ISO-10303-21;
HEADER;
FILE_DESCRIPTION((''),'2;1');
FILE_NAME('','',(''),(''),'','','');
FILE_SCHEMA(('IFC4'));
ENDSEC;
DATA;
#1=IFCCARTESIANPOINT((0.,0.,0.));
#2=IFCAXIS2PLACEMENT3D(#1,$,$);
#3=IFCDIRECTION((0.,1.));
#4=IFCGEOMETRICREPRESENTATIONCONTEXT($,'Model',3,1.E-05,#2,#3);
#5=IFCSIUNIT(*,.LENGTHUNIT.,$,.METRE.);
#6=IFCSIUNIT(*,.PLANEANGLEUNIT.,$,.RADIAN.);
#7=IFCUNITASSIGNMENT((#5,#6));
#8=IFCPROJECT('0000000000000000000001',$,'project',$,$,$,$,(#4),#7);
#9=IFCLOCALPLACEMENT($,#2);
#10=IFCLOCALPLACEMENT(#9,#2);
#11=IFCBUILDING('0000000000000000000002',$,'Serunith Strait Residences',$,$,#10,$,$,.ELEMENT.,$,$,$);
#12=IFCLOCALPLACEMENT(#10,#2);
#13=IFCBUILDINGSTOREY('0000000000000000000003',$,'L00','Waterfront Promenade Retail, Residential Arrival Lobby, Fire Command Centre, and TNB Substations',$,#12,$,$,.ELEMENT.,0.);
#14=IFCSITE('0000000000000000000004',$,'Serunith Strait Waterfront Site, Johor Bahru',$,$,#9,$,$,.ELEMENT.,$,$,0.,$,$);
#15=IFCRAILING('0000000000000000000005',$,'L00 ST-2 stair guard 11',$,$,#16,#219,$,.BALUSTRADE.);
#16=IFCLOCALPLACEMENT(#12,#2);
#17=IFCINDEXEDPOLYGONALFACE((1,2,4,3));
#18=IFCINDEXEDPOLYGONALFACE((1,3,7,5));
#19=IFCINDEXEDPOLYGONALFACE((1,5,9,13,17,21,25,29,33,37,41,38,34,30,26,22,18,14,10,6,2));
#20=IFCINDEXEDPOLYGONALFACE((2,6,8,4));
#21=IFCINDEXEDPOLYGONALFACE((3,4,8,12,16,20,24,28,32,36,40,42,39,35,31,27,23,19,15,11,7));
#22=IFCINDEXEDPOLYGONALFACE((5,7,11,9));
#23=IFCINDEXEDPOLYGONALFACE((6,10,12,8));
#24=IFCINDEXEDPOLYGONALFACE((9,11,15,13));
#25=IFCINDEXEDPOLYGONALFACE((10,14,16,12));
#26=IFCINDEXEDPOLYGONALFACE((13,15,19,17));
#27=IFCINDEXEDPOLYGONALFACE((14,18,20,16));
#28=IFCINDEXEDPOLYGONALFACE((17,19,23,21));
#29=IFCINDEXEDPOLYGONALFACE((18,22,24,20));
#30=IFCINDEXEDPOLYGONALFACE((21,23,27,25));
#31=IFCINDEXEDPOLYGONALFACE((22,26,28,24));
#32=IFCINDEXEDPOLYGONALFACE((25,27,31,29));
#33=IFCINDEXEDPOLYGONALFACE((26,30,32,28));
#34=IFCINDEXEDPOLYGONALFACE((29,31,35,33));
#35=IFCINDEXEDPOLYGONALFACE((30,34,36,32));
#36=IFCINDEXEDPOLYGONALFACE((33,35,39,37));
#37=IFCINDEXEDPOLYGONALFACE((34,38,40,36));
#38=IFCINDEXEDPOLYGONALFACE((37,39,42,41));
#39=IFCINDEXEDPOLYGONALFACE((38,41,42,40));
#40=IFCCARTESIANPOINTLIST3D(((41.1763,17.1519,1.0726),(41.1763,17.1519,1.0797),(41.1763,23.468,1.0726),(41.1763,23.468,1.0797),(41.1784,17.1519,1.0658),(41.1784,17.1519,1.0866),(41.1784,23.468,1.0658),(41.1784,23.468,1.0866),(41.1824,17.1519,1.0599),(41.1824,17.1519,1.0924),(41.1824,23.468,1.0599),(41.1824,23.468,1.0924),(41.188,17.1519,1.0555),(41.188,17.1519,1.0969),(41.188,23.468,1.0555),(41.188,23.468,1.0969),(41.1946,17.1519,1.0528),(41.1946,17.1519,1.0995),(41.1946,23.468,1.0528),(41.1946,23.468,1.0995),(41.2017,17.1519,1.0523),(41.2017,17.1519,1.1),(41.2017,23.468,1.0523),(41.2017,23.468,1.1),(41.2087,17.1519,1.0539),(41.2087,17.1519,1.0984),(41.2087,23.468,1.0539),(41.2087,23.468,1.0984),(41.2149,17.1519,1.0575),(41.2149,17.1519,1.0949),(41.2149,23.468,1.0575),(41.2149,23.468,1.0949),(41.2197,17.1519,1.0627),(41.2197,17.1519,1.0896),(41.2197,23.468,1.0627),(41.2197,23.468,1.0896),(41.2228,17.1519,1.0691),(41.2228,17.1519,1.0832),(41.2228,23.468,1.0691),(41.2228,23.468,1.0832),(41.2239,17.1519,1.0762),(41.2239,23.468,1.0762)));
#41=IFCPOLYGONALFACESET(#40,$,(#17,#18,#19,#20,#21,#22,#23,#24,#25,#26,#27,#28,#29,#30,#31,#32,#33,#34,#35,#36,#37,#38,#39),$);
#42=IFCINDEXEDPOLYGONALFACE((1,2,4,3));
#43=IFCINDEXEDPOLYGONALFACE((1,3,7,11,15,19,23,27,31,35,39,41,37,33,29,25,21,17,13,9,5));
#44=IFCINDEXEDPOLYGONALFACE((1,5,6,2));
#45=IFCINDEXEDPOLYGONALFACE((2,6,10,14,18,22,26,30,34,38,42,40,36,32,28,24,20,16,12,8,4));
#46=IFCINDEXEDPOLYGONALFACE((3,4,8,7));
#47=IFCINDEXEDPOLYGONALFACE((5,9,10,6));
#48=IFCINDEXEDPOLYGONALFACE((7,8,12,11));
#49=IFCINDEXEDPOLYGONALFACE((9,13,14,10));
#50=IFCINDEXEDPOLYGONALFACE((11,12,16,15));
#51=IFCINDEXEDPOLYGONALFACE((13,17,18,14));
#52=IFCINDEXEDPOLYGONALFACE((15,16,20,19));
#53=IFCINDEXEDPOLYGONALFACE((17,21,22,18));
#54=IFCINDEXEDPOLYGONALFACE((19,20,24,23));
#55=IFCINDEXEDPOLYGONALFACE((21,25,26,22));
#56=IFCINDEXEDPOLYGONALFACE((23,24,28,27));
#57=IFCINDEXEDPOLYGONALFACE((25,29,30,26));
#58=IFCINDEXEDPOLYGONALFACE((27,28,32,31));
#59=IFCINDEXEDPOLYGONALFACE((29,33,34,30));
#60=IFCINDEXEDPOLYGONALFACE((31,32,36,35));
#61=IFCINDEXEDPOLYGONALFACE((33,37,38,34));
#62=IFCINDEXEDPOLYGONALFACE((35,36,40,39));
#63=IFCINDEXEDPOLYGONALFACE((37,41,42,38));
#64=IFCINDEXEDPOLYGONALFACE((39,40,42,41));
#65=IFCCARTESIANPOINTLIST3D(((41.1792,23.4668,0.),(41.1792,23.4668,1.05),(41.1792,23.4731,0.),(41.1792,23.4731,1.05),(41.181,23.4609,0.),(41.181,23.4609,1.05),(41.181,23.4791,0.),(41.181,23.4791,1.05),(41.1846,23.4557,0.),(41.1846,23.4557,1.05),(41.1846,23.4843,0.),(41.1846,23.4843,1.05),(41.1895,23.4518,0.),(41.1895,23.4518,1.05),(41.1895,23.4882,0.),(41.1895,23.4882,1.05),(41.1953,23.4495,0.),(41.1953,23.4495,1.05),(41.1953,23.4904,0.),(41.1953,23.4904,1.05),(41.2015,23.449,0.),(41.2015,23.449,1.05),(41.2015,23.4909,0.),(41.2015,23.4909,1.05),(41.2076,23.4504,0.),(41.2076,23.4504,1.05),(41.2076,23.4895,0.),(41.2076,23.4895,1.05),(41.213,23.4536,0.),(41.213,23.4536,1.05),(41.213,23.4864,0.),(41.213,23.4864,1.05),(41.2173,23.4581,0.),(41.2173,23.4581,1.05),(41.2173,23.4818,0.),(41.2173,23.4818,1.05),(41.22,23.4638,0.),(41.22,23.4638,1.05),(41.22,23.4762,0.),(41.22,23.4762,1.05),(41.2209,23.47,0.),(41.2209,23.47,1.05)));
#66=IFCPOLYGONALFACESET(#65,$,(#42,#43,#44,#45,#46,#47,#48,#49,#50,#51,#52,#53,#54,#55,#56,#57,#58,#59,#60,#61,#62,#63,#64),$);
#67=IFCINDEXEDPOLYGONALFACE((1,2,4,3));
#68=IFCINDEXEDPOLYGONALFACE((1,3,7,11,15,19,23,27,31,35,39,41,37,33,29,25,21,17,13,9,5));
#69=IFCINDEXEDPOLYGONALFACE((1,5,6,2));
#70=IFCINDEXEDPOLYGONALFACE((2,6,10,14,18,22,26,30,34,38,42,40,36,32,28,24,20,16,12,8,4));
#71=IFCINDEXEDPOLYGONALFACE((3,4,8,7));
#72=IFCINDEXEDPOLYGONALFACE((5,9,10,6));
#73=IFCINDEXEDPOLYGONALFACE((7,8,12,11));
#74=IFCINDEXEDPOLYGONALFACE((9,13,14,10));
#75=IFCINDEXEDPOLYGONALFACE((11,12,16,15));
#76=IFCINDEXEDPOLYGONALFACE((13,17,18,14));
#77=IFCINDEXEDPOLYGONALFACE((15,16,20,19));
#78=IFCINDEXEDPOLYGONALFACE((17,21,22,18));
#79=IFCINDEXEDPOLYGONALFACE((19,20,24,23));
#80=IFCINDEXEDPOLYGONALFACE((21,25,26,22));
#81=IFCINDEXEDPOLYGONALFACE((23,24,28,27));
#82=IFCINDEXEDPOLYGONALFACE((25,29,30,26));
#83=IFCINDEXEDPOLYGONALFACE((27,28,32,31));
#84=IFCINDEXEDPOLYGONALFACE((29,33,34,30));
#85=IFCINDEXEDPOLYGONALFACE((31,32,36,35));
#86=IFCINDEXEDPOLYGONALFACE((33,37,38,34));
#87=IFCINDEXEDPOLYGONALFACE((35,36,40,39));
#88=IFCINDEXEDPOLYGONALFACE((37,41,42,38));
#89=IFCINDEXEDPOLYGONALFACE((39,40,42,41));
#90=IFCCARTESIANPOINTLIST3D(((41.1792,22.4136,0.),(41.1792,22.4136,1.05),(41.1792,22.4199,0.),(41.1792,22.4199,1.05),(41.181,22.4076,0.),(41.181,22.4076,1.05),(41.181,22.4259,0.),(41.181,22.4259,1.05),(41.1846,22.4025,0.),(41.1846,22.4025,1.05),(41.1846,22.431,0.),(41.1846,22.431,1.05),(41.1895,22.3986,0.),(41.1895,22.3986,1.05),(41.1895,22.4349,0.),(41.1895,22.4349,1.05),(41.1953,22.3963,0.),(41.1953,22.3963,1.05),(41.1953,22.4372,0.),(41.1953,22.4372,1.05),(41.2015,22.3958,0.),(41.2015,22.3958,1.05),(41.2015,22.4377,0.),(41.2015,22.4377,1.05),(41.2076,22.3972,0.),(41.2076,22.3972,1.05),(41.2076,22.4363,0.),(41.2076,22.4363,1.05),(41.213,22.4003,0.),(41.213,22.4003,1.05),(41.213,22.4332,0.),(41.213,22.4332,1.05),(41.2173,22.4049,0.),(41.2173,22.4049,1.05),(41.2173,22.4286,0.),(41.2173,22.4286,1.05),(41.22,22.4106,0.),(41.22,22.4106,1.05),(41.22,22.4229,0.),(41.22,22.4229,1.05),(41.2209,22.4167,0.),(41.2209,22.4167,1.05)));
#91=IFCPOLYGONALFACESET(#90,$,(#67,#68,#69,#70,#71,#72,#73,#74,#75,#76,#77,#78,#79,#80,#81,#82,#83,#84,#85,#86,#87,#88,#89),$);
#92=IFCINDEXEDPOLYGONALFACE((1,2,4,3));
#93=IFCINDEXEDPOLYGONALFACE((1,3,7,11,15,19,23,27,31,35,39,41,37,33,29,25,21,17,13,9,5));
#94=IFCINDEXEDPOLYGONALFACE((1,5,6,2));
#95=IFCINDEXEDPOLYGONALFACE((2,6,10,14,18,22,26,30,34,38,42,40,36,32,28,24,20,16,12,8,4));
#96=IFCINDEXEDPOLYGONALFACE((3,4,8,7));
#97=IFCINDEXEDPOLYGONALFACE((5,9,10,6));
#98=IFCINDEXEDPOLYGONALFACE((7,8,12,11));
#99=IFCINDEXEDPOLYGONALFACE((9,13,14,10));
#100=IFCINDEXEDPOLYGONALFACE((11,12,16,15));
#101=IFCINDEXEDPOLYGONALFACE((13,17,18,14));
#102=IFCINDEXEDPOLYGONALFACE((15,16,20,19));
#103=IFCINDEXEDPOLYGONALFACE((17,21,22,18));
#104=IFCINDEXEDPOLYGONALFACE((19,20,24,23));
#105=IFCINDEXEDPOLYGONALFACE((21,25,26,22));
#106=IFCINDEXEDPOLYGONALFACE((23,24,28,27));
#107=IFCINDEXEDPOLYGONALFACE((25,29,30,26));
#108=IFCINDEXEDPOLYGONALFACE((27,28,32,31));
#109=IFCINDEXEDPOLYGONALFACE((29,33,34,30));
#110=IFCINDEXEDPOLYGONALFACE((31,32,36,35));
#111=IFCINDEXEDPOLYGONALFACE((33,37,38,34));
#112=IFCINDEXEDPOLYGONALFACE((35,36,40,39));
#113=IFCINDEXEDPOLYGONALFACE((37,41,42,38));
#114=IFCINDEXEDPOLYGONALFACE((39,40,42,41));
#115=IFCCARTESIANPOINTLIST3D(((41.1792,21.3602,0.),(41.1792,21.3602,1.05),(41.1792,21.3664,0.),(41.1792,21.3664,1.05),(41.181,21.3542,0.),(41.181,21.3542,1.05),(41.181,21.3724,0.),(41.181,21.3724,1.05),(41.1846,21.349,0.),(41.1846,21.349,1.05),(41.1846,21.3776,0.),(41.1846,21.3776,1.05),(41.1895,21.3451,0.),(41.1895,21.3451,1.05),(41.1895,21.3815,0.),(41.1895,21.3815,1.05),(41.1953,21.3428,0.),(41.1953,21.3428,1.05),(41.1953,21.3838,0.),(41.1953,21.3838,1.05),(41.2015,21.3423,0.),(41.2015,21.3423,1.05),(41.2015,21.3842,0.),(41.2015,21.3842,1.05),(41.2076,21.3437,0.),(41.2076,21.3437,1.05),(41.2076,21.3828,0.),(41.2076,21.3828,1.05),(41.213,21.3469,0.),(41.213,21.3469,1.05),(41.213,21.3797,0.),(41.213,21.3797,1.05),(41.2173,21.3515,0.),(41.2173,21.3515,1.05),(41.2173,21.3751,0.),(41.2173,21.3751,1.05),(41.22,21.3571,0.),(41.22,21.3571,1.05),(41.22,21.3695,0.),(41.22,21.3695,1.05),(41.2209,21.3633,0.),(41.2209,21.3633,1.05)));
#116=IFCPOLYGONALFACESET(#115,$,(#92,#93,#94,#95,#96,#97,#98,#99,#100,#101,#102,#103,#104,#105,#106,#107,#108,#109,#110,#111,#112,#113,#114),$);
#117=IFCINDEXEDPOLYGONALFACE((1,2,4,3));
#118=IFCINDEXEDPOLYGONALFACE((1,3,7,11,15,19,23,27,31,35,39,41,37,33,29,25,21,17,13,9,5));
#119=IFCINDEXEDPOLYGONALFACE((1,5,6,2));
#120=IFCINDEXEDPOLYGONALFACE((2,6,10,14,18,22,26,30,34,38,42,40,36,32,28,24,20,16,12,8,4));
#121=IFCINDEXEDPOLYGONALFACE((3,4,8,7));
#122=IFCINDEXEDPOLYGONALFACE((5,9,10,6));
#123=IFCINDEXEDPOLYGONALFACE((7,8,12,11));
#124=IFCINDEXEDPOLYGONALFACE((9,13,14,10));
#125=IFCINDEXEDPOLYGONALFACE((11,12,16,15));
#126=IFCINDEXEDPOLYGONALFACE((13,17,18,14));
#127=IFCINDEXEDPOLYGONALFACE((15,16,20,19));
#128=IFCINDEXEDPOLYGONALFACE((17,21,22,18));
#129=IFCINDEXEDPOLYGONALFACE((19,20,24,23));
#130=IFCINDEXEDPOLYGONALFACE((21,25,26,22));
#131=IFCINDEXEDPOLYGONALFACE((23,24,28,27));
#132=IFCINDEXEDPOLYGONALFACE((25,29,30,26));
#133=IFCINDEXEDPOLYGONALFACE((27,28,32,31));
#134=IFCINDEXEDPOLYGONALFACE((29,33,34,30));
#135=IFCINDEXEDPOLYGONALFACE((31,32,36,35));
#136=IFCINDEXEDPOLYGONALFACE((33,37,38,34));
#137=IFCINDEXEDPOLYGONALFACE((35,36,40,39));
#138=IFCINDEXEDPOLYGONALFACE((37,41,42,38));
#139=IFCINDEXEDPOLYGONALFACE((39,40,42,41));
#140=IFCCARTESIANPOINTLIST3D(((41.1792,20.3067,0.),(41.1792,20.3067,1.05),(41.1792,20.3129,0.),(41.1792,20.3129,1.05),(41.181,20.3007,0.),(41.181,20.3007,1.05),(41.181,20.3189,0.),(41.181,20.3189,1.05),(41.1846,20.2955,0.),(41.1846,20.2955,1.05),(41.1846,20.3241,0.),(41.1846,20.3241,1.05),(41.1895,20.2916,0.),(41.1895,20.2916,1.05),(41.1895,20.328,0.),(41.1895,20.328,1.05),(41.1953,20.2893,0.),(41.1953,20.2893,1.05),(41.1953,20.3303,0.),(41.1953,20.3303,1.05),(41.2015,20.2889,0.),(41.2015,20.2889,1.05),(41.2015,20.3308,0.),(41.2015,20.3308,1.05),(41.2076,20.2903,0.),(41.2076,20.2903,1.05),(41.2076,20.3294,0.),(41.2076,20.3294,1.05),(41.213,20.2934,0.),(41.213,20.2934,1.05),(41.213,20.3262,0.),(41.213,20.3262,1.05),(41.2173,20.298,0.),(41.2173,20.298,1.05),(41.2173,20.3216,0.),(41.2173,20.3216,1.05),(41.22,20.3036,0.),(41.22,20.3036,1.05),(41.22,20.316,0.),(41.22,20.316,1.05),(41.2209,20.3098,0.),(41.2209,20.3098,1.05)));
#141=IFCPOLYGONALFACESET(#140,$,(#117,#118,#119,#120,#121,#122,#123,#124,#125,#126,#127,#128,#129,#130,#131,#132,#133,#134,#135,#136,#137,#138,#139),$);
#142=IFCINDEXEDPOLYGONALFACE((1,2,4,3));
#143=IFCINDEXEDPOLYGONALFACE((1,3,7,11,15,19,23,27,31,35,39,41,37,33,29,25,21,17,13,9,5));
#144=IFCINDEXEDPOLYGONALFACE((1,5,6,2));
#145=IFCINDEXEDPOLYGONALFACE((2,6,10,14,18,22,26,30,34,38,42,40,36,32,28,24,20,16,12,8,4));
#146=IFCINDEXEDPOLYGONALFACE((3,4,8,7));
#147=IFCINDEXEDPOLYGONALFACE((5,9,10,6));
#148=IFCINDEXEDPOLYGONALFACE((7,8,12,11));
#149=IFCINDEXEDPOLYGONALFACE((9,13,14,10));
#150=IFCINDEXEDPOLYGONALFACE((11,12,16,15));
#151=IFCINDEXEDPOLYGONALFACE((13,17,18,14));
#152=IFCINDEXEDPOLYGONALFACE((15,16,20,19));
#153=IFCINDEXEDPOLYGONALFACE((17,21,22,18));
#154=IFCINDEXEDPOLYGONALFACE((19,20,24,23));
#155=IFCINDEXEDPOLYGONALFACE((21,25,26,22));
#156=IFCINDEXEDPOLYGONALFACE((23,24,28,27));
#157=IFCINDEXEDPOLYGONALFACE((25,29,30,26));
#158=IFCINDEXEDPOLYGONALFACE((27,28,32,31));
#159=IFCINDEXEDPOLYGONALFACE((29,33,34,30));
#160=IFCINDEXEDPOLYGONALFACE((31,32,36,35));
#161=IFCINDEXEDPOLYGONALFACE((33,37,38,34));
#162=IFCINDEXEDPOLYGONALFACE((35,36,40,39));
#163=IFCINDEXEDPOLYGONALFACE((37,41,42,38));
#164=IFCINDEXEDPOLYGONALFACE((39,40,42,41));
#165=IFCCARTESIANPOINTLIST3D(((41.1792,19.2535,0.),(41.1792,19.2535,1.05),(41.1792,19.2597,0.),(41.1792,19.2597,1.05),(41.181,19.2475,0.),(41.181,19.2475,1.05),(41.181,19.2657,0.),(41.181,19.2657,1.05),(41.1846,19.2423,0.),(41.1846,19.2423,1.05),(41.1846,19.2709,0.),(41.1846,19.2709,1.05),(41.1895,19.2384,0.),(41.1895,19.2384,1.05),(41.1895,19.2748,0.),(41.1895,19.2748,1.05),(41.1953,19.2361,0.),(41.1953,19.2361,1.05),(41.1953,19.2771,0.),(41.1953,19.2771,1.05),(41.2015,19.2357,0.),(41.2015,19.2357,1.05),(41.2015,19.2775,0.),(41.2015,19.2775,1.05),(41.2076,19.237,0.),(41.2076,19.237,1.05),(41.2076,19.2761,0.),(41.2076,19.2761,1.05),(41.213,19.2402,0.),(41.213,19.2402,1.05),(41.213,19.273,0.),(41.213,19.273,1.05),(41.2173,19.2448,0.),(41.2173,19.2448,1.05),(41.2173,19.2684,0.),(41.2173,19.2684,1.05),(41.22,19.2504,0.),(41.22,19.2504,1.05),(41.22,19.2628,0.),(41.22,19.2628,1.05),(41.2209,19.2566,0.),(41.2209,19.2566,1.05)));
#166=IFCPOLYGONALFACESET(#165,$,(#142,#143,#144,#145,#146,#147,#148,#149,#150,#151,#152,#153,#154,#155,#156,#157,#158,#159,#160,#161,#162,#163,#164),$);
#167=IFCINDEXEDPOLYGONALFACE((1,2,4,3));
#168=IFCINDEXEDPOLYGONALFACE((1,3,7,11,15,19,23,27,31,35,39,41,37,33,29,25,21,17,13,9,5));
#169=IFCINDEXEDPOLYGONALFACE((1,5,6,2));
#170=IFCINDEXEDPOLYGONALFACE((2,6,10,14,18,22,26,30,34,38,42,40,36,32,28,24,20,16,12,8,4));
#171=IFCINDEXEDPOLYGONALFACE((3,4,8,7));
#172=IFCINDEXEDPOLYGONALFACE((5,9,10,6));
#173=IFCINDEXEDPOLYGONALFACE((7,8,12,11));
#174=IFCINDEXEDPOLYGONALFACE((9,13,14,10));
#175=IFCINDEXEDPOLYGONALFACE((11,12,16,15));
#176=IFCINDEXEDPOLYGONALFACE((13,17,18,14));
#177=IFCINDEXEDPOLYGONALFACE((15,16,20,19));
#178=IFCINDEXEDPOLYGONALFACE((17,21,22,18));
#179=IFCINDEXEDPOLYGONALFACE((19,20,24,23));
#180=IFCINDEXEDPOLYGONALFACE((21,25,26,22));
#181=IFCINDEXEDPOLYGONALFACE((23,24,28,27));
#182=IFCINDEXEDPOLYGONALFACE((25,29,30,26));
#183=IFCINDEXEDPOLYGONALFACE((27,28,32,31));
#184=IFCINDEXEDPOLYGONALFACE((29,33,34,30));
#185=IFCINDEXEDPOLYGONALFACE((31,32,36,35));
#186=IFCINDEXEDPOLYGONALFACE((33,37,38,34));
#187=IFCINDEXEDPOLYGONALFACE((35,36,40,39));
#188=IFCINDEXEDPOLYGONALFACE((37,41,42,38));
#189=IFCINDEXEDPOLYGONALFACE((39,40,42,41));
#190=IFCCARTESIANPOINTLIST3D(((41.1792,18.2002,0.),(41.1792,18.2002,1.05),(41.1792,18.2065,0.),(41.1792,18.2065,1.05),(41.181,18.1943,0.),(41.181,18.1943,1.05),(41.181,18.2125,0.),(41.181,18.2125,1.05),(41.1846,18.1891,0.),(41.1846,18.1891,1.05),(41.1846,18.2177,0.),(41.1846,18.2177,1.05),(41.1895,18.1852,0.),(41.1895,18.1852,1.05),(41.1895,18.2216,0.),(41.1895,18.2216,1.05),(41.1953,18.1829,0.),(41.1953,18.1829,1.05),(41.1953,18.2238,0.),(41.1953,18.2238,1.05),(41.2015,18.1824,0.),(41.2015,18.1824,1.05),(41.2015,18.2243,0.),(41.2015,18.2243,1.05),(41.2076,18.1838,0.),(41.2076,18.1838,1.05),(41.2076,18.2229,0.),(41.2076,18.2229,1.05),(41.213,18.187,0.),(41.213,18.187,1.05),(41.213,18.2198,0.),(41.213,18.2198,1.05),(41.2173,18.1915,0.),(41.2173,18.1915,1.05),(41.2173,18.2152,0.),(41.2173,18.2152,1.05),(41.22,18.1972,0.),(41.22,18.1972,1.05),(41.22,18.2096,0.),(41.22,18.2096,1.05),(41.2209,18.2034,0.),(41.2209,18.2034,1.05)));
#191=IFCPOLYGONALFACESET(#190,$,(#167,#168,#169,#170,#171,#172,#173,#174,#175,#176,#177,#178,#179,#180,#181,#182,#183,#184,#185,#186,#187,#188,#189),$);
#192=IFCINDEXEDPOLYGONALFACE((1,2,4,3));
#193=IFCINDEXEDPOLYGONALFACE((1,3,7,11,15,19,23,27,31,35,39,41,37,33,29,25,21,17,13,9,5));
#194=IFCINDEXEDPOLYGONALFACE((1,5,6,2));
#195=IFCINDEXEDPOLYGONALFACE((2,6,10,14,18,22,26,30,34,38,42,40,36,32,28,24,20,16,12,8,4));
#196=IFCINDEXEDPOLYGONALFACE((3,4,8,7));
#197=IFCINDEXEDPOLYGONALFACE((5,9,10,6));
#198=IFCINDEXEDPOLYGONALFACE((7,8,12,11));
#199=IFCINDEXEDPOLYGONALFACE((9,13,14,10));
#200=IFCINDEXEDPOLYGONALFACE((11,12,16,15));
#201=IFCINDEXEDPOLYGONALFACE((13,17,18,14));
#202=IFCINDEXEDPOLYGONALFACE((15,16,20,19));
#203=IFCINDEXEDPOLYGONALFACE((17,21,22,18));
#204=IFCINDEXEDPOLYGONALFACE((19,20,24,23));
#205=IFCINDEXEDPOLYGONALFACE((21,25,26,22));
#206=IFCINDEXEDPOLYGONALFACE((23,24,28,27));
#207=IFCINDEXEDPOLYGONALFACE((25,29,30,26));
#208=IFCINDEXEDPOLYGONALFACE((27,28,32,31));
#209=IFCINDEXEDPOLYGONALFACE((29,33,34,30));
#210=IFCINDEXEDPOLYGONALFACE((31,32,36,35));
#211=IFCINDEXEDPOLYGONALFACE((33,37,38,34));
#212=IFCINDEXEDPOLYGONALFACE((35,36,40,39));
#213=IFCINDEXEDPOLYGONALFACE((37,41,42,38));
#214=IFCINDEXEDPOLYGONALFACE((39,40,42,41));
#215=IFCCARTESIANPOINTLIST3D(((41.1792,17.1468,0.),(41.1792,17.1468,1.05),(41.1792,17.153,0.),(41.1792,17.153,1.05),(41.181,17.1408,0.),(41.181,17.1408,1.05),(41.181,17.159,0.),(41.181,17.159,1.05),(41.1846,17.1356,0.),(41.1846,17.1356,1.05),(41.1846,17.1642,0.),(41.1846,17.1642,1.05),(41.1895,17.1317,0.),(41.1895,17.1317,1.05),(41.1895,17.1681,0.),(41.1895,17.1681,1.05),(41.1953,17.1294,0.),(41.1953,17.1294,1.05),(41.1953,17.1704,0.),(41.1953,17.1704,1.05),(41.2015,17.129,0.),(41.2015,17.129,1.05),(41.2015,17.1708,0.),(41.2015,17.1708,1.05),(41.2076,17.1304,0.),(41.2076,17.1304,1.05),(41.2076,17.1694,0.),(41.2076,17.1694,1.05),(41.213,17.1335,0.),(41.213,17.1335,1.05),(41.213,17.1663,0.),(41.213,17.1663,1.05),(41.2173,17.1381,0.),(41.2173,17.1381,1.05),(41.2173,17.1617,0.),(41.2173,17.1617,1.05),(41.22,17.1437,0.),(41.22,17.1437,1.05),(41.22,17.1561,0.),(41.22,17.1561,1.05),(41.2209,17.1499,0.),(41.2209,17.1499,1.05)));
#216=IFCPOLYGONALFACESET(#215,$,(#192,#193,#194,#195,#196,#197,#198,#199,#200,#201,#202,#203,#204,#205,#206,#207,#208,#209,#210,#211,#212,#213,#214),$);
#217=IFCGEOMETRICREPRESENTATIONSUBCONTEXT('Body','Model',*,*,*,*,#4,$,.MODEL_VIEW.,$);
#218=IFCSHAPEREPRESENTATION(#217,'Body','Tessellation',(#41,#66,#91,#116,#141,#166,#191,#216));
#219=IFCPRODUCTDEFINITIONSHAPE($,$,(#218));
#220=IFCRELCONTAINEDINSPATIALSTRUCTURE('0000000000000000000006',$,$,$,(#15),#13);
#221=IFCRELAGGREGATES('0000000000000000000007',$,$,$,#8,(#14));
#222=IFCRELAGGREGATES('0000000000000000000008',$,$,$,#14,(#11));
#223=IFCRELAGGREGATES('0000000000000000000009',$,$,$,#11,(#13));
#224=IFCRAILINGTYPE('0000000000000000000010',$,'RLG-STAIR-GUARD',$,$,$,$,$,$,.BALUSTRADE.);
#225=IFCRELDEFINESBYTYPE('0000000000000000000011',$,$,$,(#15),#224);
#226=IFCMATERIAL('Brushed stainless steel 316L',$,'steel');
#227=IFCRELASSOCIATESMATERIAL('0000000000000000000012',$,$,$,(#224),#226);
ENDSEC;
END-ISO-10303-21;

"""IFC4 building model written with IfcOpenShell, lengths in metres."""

from ifc_helpers import new_model, si_unit, direction, frame, origin, origin_2d, place, context, subcontext, project, spatial, circle, extrude, material, type_object, element, save


model = new_model("IFC4")

# Units and contexts
model_context = context("Model", 3, precision=1e-05, world=origin(), true_north=direction((0.0, 1.0)))
body_context = subcontext(model_context, "Body", "Model", "MODEL_VIEW")
ifc_project = project(units=[si_unit("LENGTHUNIT", "METRE"), si_unit("PLANEANGLEUNIT", "RADIAN")], contexts=[model_context])

# Site, building, storey
site_placement = place(None, origin())
site = spatial("IfcSite", under=ifc_project, at=site_placement, Name="Serunith Strait Waterfront Site, Johor Bahru", CompositionType="ELEMENT", RefElevation=0.0)
building_placement = place(site_placement, origin())
building = spatial("IfcBuilding", under=site, at=building_placement, Name="Serunith Strait Residences", CompositionType="ELEMENT")
storey_placement = place(building_placement, origin())
storey = spatial("IfcBuildingStorey", under=building, at=storey_placement, Name="L00", Description="Waterfront Promenade Retail, Residential Arrival Lobby, Fire Command Centre, and TNB Substations", CompositionType="ELEMENT", Elevation=0.0)

# Railing
ifc_material_1 = material(Name="Brushed stainless steel 316L", Category="steel")
railing_type_1 = type_object("IfcRailingType", Name="RLG-STAIR-GUARD", PredefinedType="BALUSTRADE", material=ifc_material_1)
railing_1_placement = place(storey_placement, frame((41.2, 23.47, 0.0)))
element("IfcRailing", 1, at=railing_1_placement, inside=storey, type_object=railing_type_1, Name="L00 ST-2 stair guard 11", PredefinedType="BALUSTRADE", context=body_context, shape_type="SweptSolid", body=[
    extrude(circle(Radius=0.0239, at=origin_2d()), frame((0.0, -0.002, 1.0762), z_axis=(0.0, -1.0, 0.0), x_axis=(1.0, 0.0, 0.0)), (0.0, 0.0, 1.0), 6.3162),
    extrude(circle(Radius=0.021, at=origin_2d()), origin(), (0.0, 0.0, 1.0), 1.05),
    extrude(circle(Radius=0.021, at=origin_2d()), frame((0.0, -1.0532, 0.0)), (0.0, 0.0, 1.0), 1.05),
    extrude(circle(Radius=0.021, at=origin_2d()), frame((0.0, -2.1067, 0.0)), (0.0, 0.0, 1.0), 1.05),
    extrude(circle(Radius=0.021, at=origin_2d()), frame((0.0, -3.1602, 0.0)), (0.0, 0.0, 1.0), 1.05),
    extrude(circle(Radius=0.021, at=origin_2d()), frame((0.0, -4.2134, 0.0)), (0.0, 0.0, 1.0), 1.05),
    extrude(circle(Radius=0.021, at=origin_2d()), frame((0.0, -5.2666, 0.0)), (0.0, 0.0, 1.0), 1.05),
    extrude(circle(Radius=0.021, at=origin_2d()), frame((0.0, -6.3201, 0.0)), (0.0, 0.0, 1.0), 1.05),
])

save(model, "model.ifc")
